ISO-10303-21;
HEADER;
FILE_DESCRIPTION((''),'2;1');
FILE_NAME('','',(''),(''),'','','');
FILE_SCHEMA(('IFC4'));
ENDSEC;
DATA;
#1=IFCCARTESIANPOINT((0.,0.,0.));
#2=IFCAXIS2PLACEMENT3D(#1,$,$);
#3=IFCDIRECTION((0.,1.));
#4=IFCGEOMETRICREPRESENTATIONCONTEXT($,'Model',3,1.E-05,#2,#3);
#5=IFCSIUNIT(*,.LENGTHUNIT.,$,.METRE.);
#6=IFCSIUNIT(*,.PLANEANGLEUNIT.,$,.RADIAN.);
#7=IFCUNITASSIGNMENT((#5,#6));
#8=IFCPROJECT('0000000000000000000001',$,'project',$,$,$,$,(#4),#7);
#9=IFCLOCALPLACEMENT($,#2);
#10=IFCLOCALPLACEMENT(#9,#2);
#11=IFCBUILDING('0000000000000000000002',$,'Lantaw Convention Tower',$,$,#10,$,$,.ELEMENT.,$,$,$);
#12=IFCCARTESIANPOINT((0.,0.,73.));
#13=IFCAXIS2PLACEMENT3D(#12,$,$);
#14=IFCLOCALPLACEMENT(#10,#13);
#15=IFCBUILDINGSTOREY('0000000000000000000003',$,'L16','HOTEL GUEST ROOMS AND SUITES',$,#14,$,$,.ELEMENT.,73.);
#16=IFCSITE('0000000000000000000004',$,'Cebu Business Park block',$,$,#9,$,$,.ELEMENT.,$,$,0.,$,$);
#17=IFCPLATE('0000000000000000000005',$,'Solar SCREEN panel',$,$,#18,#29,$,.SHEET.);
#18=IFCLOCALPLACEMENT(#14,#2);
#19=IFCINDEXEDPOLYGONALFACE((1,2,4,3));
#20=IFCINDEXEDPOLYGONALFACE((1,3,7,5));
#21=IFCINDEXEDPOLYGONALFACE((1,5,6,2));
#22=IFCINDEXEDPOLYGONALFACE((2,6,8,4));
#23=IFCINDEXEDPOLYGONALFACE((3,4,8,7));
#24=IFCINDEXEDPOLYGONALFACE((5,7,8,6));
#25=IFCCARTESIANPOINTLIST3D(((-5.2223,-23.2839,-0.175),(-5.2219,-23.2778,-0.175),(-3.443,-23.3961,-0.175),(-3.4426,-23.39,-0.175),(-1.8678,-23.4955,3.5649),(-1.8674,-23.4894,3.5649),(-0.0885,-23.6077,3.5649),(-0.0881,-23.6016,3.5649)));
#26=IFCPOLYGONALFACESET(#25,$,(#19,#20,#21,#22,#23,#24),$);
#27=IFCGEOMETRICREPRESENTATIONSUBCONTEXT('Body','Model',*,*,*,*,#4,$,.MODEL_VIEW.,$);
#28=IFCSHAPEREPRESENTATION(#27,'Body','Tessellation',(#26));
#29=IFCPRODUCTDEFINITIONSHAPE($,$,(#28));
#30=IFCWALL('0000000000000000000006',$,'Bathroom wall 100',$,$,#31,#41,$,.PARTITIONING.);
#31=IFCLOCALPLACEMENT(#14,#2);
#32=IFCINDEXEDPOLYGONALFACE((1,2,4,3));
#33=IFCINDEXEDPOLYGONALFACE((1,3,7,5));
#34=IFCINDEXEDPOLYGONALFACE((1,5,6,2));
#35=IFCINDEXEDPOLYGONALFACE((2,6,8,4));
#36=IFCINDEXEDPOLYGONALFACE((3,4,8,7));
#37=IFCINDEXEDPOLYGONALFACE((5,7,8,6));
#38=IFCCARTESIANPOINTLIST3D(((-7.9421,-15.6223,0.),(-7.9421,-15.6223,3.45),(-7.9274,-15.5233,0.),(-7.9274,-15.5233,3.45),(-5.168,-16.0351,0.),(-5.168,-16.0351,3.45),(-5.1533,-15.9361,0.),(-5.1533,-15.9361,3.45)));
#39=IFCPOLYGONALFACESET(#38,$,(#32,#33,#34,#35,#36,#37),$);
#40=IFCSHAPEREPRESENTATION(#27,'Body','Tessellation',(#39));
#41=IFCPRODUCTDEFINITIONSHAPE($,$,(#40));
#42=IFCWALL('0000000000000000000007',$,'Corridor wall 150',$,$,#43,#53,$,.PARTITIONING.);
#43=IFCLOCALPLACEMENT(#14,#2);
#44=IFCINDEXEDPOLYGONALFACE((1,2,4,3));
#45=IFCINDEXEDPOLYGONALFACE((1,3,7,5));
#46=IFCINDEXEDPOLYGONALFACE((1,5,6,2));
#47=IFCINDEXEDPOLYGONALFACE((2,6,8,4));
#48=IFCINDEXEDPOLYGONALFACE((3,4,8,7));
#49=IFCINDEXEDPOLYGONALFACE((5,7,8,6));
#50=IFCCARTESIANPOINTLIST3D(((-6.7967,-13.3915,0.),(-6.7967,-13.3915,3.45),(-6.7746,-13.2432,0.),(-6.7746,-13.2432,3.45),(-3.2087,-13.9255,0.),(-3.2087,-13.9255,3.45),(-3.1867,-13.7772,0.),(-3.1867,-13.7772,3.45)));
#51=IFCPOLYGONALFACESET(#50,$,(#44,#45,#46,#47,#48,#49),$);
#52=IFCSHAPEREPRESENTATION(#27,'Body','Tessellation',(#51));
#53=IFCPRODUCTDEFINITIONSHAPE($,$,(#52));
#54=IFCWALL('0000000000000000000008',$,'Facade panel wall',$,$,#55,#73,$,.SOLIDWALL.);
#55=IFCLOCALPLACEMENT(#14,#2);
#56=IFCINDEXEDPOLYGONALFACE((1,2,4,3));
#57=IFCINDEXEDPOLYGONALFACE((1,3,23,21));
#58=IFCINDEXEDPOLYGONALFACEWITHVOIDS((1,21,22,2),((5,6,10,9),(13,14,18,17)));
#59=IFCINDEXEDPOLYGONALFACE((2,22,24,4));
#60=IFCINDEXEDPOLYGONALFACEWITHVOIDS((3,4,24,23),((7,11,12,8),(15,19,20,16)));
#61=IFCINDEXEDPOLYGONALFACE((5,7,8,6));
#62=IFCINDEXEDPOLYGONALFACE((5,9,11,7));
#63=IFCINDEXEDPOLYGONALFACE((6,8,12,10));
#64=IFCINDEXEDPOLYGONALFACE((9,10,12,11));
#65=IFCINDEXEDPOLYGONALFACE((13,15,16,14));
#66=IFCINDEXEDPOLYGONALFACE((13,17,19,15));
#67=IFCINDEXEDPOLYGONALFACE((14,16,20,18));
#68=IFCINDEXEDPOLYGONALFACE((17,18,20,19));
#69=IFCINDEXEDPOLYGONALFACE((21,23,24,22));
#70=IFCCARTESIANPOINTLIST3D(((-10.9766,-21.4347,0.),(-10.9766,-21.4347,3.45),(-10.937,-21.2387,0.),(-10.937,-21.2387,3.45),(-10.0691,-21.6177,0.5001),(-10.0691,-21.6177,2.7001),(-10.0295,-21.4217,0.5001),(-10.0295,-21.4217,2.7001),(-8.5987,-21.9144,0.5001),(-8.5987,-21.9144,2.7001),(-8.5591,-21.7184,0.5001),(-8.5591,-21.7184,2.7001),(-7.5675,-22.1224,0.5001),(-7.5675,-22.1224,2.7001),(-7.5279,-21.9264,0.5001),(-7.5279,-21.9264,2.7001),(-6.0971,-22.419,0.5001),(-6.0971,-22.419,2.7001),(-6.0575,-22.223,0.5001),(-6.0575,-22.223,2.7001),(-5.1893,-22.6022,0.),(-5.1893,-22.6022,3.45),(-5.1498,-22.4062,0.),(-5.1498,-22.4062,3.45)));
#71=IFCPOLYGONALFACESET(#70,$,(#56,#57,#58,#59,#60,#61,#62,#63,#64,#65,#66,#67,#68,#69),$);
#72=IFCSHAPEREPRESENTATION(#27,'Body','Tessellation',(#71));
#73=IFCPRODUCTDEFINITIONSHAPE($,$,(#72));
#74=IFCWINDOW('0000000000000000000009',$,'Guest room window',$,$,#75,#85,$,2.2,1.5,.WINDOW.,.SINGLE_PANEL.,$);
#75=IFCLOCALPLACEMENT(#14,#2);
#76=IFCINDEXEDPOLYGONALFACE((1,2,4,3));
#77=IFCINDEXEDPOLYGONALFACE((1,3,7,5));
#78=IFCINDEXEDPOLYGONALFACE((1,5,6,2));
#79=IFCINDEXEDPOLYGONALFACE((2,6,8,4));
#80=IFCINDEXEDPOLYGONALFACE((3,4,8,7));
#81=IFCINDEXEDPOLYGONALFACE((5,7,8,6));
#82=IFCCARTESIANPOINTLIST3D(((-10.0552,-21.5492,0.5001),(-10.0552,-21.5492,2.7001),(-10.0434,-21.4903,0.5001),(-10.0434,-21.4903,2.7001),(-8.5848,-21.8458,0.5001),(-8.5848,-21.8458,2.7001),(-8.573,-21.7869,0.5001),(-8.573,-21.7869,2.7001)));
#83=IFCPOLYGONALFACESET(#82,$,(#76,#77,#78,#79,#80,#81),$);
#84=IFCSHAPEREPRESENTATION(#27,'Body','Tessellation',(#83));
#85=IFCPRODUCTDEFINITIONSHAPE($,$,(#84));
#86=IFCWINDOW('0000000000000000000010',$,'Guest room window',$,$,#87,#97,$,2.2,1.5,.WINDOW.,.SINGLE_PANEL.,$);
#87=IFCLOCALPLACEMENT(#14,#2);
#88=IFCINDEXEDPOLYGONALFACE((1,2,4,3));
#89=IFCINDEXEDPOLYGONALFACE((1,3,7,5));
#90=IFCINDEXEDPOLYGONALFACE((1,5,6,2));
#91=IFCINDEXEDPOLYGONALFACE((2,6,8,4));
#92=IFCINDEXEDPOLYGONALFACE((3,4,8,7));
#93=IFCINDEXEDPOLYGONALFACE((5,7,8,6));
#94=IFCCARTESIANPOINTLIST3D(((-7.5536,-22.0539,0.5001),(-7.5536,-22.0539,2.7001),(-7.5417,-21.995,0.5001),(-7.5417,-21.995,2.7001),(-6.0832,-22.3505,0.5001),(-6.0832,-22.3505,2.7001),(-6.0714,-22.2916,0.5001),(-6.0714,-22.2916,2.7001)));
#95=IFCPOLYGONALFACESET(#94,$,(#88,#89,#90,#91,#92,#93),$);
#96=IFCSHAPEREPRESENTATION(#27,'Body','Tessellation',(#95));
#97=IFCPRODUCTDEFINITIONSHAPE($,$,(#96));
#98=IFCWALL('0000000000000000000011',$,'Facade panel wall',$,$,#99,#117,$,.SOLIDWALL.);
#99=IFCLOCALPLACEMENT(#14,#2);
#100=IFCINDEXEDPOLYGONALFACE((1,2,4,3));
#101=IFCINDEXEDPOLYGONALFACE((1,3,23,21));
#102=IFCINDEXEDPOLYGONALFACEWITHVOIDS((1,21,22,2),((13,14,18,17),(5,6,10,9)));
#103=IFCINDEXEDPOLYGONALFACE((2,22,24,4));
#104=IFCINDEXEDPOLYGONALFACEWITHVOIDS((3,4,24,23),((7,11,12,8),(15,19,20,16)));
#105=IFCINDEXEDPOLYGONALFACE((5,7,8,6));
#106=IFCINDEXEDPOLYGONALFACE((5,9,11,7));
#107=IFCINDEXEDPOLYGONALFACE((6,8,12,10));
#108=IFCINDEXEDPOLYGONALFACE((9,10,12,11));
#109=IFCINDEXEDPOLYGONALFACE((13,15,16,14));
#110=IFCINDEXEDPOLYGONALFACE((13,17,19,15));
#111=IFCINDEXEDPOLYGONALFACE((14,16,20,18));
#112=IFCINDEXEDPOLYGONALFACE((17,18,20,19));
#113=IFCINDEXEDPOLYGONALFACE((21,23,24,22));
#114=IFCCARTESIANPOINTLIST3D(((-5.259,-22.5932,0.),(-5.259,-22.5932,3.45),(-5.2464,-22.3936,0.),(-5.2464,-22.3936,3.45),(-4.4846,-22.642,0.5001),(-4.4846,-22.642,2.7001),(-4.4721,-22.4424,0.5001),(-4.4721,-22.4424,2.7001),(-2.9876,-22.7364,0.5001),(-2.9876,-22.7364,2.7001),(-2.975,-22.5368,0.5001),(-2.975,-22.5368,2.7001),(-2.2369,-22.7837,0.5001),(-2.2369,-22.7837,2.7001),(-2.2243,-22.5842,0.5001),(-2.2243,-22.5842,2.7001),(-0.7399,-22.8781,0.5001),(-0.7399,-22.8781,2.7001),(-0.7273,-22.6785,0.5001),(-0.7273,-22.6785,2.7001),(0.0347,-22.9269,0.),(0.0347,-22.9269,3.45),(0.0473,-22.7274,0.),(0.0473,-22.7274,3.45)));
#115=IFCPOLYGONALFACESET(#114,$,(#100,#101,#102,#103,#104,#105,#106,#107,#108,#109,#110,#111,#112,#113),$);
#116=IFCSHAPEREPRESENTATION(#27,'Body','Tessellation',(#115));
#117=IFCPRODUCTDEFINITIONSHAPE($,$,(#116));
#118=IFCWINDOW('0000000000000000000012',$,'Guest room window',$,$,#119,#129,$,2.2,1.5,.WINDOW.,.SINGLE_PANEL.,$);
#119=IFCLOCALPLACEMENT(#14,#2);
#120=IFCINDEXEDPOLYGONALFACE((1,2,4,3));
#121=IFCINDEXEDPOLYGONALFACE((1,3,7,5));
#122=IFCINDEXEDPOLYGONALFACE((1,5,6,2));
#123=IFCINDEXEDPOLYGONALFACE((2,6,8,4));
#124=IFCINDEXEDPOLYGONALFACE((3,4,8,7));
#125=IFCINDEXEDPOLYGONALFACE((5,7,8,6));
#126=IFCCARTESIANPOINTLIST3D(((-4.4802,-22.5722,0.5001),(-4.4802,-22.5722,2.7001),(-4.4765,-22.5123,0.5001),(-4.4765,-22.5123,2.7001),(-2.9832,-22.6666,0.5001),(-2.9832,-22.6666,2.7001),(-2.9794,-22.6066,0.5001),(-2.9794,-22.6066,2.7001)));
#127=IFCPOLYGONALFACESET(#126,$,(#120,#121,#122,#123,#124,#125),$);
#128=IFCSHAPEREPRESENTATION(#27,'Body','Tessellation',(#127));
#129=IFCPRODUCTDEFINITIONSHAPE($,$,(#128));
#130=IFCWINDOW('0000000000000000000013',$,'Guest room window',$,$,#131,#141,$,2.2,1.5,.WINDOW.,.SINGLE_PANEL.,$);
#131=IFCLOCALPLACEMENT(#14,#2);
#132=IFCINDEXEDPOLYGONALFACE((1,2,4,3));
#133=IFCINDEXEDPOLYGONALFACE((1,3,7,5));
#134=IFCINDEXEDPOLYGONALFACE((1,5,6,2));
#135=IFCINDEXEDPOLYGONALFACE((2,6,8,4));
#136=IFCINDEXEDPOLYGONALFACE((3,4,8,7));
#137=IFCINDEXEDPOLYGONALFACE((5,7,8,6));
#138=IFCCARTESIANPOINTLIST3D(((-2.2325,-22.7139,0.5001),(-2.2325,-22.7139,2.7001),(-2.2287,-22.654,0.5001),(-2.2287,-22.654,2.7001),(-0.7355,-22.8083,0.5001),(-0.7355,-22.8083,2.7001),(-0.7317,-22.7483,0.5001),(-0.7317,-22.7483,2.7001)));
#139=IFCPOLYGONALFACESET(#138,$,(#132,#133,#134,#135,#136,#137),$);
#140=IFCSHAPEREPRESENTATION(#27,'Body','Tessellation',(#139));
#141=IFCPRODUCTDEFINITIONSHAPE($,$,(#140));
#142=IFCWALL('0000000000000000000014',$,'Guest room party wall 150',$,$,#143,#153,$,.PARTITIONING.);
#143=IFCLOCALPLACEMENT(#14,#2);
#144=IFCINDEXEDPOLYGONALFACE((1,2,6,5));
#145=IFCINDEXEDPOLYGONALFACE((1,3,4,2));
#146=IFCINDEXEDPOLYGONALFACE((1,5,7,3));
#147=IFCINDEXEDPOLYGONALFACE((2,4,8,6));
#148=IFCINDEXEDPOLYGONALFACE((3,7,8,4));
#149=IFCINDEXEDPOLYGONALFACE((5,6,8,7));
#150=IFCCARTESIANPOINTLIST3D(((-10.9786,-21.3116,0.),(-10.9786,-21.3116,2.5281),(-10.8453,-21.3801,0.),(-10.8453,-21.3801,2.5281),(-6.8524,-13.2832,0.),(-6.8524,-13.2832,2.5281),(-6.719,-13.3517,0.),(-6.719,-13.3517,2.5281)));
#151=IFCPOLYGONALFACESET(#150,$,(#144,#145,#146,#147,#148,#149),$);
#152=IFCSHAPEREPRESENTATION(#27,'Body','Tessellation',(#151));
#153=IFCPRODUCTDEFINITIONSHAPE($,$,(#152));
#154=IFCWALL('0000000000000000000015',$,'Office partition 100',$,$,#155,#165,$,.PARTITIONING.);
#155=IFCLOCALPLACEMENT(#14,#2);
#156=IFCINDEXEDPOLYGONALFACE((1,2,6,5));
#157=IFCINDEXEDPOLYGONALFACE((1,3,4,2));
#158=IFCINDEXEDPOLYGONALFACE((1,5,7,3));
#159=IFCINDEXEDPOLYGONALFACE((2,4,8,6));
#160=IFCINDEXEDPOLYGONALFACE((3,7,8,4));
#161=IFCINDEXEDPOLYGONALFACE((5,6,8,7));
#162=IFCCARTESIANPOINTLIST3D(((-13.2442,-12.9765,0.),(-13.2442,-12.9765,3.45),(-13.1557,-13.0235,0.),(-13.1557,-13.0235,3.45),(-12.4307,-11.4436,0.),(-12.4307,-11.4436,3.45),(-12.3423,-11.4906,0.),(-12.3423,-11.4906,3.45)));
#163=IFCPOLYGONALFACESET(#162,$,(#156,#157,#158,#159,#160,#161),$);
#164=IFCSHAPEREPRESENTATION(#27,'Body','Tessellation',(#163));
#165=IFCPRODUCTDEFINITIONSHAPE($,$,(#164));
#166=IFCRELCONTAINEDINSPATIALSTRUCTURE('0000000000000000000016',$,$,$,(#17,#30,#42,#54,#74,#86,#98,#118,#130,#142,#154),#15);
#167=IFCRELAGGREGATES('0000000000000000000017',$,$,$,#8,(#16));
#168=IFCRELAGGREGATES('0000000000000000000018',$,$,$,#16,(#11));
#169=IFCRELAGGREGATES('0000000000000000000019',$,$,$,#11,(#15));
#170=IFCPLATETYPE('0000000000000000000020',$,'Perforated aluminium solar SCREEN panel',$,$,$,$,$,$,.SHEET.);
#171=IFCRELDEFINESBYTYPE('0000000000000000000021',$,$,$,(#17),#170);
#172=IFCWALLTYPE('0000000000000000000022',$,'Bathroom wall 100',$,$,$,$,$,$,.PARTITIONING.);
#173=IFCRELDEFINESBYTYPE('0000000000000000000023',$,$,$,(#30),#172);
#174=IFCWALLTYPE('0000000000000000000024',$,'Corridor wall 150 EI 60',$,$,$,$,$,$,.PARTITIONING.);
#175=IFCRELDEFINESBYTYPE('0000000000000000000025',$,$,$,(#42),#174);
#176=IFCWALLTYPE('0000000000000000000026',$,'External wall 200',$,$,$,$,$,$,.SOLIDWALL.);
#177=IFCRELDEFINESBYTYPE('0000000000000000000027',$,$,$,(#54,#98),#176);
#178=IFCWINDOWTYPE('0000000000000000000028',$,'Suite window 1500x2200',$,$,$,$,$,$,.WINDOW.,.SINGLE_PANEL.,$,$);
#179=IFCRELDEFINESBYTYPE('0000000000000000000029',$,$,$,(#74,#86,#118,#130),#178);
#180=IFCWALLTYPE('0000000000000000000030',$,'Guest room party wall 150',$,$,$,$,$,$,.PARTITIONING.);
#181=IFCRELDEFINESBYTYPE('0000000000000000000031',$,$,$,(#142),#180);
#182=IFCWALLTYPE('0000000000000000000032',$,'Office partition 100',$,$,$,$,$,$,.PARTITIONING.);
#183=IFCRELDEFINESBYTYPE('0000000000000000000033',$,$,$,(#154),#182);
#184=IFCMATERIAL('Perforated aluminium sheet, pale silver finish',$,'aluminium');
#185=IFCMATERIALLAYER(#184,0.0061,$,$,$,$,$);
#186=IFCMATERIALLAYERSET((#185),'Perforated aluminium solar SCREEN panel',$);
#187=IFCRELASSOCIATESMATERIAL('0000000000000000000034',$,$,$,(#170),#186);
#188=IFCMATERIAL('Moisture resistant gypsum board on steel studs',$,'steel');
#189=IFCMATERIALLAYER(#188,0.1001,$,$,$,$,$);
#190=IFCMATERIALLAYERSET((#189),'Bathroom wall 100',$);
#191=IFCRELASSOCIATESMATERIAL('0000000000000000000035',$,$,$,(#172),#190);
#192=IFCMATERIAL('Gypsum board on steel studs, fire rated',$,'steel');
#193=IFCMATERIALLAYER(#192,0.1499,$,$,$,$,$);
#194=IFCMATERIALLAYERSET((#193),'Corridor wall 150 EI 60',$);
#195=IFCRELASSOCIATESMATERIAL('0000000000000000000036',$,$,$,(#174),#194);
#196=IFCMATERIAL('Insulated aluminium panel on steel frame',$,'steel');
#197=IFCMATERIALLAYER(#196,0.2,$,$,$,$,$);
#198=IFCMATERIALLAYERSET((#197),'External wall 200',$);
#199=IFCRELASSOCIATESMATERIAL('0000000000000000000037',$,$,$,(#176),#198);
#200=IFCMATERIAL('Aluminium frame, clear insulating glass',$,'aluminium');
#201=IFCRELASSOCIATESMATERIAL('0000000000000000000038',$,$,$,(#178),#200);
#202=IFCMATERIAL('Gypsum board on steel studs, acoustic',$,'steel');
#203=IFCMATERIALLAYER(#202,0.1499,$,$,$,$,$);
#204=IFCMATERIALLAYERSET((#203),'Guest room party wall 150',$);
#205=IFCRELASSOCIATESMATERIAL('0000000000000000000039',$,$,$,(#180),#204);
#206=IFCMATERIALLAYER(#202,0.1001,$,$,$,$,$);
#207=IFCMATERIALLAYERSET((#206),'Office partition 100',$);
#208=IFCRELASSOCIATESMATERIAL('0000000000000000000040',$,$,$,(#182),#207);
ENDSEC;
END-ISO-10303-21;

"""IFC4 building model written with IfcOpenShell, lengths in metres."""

from ifc_helpers import new_model, si_unit, direction, frame, frame_2d, origin, place, context, subcontext, project, spatial, polyline, rectangle, outline, extrude, material, layer, layer_set, type_object, element, fill, save


model = new_model("IFC4")

# Units and contexts
model_context = context("Model", 3, precision=1e-05, world=origin(), true_north=direction((0.0, 1.0)))
body_context = subcontext(model_context, "Body", "Model", "MODEL_VIEW")
ifc_project = project(units=[si_unit("LENGTHUNIT", "METRE"), si_unit("PLANEANGLEUNIT", "RADIAN")], contexts=[model_context])

# Site, building, storey
site_placement = place(None, origin())
site = spatial("IfcSite", under=ifc_project, at=site_placement, Name="Cebu Business Park block", CompositionType="ELEMENT", RefElevation=0.0)
building_placement = place(site_placement, origin())
building = spatial("IfcBuilding", under=site, at=building_placement, Name="Lantaw Convention Tower", CompositionType="ELEMENT")
storey_placement = place(building_placement, frame((0.0, 0.0, 73.0)))
storey = spatial("IfcBuildingStorey", under=building, at=storey_placement, Name="L16", Description="HOTEL GUEST ROOMS AND SUITES", CompositionType="ELEMENT", Elevation=73.0)

# Plate
ifc_material_1 = material(Name="Perforated aluminium sheet, pale silver finish", Category="aluminium")
ifc_layer_1 = layer(ifc_material_1, 0.0061)
ifc_layer_set_1 = layer_set([ifc_layer_1], Name="Perforated aluminium solar SCREEN panel")
plate_type = type_object("IfcPlateType", Name="Perforated aluminium solar SCREEN panel", PredefinedType="SHEET", material=ifc_layer_set_1)
plate_1_placement = place(storey_placement, frame((-5.2219, -23.2778, -0.175), z_axis=(0.062924, 0.998018, 0.000014), x_axis=(0.998018, -0.062924, 0.0)))
element("IfcPlate", 1, at=plate_1_placement, inside=storey, type_object=plate_type, Name="Solar SCREEN panel", PredefinedType="SHEET", context=body_context, shape_type="SweptSolid", body=[
    extrude(outline(polyline([(0.0, 0.0), (1.7828, 0.0), (5.144, -3.74), (3.3612, -3.74), (0.0, 0.0)])), origin(), (0.0, 0.0, -1.0), 0.0061),
])

# Walls
ifc_material_2 = material(Name="Moisture resistant gypsum board on steel studs", Category="steel")
ifc_layer_2 = layer(ifc_material_2, 0.1001)
ifc_layer_set_2 = layer_set([ifc_layer_2], Name="Bathroom wall 100")
wall_type_1 = type_object("IfcWallType", Name="Bathroom wall 100", PredefinedType="PARTITIONING", material=ifc_layer_set_2)
wall_1_placement = place(storey_placement, frame((-5.1606, -15.9856, 0.0), z_axis=(0.0, 0.0, 1.0), x_axis=(-0.989107, 0.147195, 0.0)))
element("IfcWall", 2, at=wall_1_placement, inside=storey, type_object=wall_type_1, Name="Bathroom wall 100", PredefinedType="PARTITIONING", context=body_context, shape_type="SweptSolid", body=[
    extrude(rectangle(XDim=2.8047, YDim=0.1001, at=frame_2d((1.4023, 0.0))), origin(), (0.0, 0.0, 1.0), 3.45),
])
ifc_material_3 = material(Name="Gypsum board on steel studs, fire rated", Category="steel")
ifc_layer_3 = layer(ifc_material_3, 0.1499)
ifc_layer_set_3 = layer_set([ifc_layer_3], Name="Corridor wall 150 EI 60")
wall_type_2 = type_object("IfcWallType", Name="Corridor wall 150 EI 60", PredefinedType="PARTITIONING", material=ifc_layer_set_3)
wall_2_placement = place(storey_placement, frame((-6.7856, -13.3174, 0.0), z_axis=(0.0, 0.0, 1.0), x_axis=(0.989107, -0.147195, 0.0)))
element("IfcWall", 3, at=wall_2_placement, inside=storey, type_object=wall_type_2, Name="Corridor wall 150", PredefinedType="PARTITIONING", context=body_context, shape_type="SweptSolid", body=[
    extrude(rectangle(XDim=3.6274, YDim=0.1499, at=frame_2d((1.8137, 0.0))), origin(), (0.0, 0.0, 1.0), 3.45),
])

# Walls, openings, windows
ifc_material_4 = material(Name="Insulated aluminium panel on steel frame", Category="steel")
ifc_layer_4 = layer(ifc_material_4, 0.2)
ifc_layer_set_4 = layer_set([ifc_layer_4], Name="External wall 200")
wall_type_3 = type_object("IfcWallType", Name="External wall 200", PredefinedType="SOLIDWALL", material=ifc_layer_set_4)
wall_3_placement = place(storey_placement, frame((-10.9568, -21.3367, 0.0), z_axis=(0.0, 0.0, 1.0), x_axis=(0.980252, -0.197754, 0.0)))
wall_3 = element("IfcWall", 4, at=wall_3_placement, inside=storey, type_object=wall_type_3, Name="Facade panel wall", PredefinedType="SOLIDWALL", context=body_context, shape_type="SweptSolid", body=[
    extrude(rectangle(XDim=5.9038, YDim=0.2, at=frame_2d((2.9519, 0.0))), origin(), (0.0, 0.0, 1.0), 3.45),
])
opening_1_placement = place(wall_3_placement, frame((0.9258, 0.0, 0.5)))
opening_1 = element("IfcOpeningElement", 5, at=opening_1_placement, cuts=wall_3, PredefinedType="OPENING", context=body_context, shape_type="SweptSolid", body=[
    extrude(rectangle(XDim=1.5, YDim=2.2, at=frame_2d((0.75, 1.1001))), frame((0.0, 0.1099, 0.0), z_axis=(0.0, -1.0, 0.0), x_axis=(1.0, 0.0, 0.0)), (0.0, 0.0, 1.0), 0.22),
])
opening_2_placement = place(wall_3_placement, frame((3.4778, 0.0, 0.5)))
opening_2 = element("IfcOpeningElement", 6, at=opening_2_placement, cuts=wall_3, PredefinedType="OPENING", context=body_context, shape_type="SweptSolid", body=[
    extrude(rectangle(XDim=1.5, YDim=2.2, at=frame_2d((0.75, 1.1001))), frame((0.0, 0.1099, 0.0), z_axis=(0.0, -1.0, 0.0), x_axis=(1.0, 0.0, 0.0)), (0.0, 0.0, 1.0), 0.22),
])
ifc_material_5 = material(Name="Aluminium frame, clear insulating glass", Category="aluminium")
window_type = type_object("IfcWindowType", Name="Suite window 1500x2200", PartitioningType="SINGLE_PANEL", PredefinedType="WINDOW", material=ifc_material_5)
window_1_placement = place(opening_1_placement, origin())
window_1 = element("IfcWindow", 7, at=window_1_placement, inside=storey, type_object=window_type, Name="Guest room window", OverallHeight=2.2, OverallWidth=1.5, PartitioningType="SINGLE_PANEL", PredefinedType="WINDOW", context=body_context, shape_type="SweptSolid", body=[
    extrude(rectangle(XDim=1.5, YDim=2.2, at=frame_2d((0.75, 1.1001))), frame((0.0, 0.03, 0.0), z_axis=(0.0, -1.0, 0.0), x_axis=(1.0, 0.0, 0.0)), (0.0, 0.0, 1.0), 0.0601),
])
fill(opening_1, window_1)
window_2_placement = place(opening_2_placement, origin())
window_2 = element("IfcWindow", 8, at=window_2_placement, inside=storey, type_object=window_type, Name="Guest room window", OverallHeight=2.2, OverallWidth=1.5, PartitioningType="SINGLE_PANEL", PredefinedType="WINDOW", context=body_context, shape_type="SweptSolid", body=[
    extrude(rectangle(XDim=1.5, YDim=2.2, at=frame_2d((0.75, 1.1001))), frame((0.0, 0.03, 0.0), z_axis=(0.0, -1.0, 0.0), x_axis=(1.0, 0.0, 0.0)), (0.0, 0.0, 1.0), 0.0601),
])
fill(opening_2, window_2)
wall_4_placement = place(storey_placement, frame((-5.2527, -22.4934, 0.0), z_axis=(0.0, 0.0, 1.0), x_axis=(0.998019, -0.06292, 0.0)))
wall_4 = element("IfcWall", 9, at=wall_4_placement, inside=storey, type_object=wall_type_3, Name="Facade panel wall", PredefinedType="SOLIDWALL", context=body_context, shape_type="SweptSolid", body=[
    extrude(rectangle(XDim=5.3042, YDim=0.2, at=frame_2d((2.6521, 0.0))), origin(), (0.0, 0.0, 1.0), 3.45),
])
opening_3_placement = place(wall_4_placement, frame((0.7759, 0.0, 0.5)))
opening_3 = element("IfcOpeningElement", 10, at=opening_3_placement, cuts=wall_4, PredefinedType="OPENING", context=body_context, shape_type="SweptSolid", body=[
    extrude(rectangle(XDim=1.5, YDim=2.2, at=frame_2d((0.75, 1.1001))), frame((0.0, 0.1099, 0.0), z_axis=(0.0, -1.0, 0.0), x_axis=(1.0, 0.0, 0.0)), (0.0, 0.0, 1.0), 0.22),
])
opening_4_placement = place(wall_4_placement, frame((3.0281, 0.0, 0.5)))
opening_4 = element("IfcOpeningElement", 11, at=opening_4_placement, cuts=wall_4, PredefinedType="OPENING", context=body_context, shape_type="SweptSolid", body=[
    extrude(rectangle(XDim=1.5, YDim=2.2, at=frame_2d((0.75, 1.1001))), frame((0.0, 0.1099, 0.0), z_axis=(0.0, -1.0, 0.0), x_axis=(1.0, 0.0, 0.0)), (0.0, 0.0, 1.0), 0.22),
])
window_3_placement = place(opening_3_placement, origin())
window_3 = element("IfcWindow", 12, at=window_3_placement, inside=storey, type_object=window_type, Name="Guest room window", OverallHeight=2.2, OverallWidth=1.5, PartitioningType="SINGLE_PANEL", PredefinedType="WINDOW", context=body_context, shape_type="SweptSolid", body=[
    extrude(rectangle(XDim=1.5, YDim=2.2, at=frame_2d((0.75, 1.1001))), frame((0.0, 0.03, 0.0), z_axis=(0.0, -1.0, 0.0), x_axis=(1.0, 0.0, 0.0)), (0.0, 0.0, 1.0), 0.0601),
])
fill(opening_3, window_3)
window_4_placement = place(opening_4_placement, origin())
window_4 = element("IfcWindow", 13, at=window_4_placement, inside=storey, type_object=window_type, Name="Guest room window", OverallHeight=2.2, OverallWidth=1.5, PartitioningType="SINGLE_PANEL", PredefinedType="WINDOW", context=body_context, shape_type="SweptSolid", body=[
    extrude(rectangle(XDim=1.5, YDim=2.2, at=frame_2d((0.75, 1.1001))), frame((0.0, 0.03, 0.0), z_axis=(0.0, -1.0, 0.0), x_axis=(1.0, 0.0, 0.0)), (0.0, 0.0, 1.0), 0.0601),
])
fill(opening_4, window_4)

# Walls
ifc_material_6 = material(Name="Gypsum board on steel studs, acoustic", Category="steel")
ifc_layer_5 = layer(ifc_material_6, 0.1499)
ifc_layer_set_5 = layer_set([ifc_layer_5], Name="Guest room party wall 150")
wall_type_4 = type_object("IfcWallType", Name="Guest room party wall 150", PredefinedType="PARTITIONING", material=ifc_layer_set_5)
wall_5_placement = place(storey_placement, frame((-10.9119, -21.3457, 0.0), z_axis=(0.0, 0.0, 1.0), x_axis=(0.457118, 0.889406, 0.0)))
element("IfcWall", 14, at=wall_5_placement, inside=storey, type_object=wall_type_4, Name="Guest room party wall 150", PredefinedType="PARTITIONING", context=body_context, shape_type="SweptSolid", body=[
    extrude(rectangle(XDim=9.0266, YDim=0.1499, at=frame_2d((4.5132, 0.0))), origin(), (0.0, 0.0, 1.0), 2.5281),
])
ifc_layer_6 = layer(ifc_material_6, 0.1001)
ifc_layer_set_6 = layer_set([ifc_layer_6], Name="Office partition 100")
wall_type_5 = type_object("IfcWallType", Name="Office partition 100", PredefinedType="PARTITIONING", material=ifc_layer_set_6)
wall_6_placement = place(storey_placement, frame((-13.2, -13.0, 0.0), z_axis=(0.0, 0.0, 1.0), x_axis=(0.468747, 0.883332, 0.0)))
element("IfcWall", 15, at=wall_6_placement, inside=storey, type_object=wall_type_5, Name="Office partition 100", PredefinedType="PARTITIONING", context=body_context, shape_type="SweptSolid", body=[
    extrude(rectangle(XDim=1.7354, YDim=0.1001, at=frame_2d((0.8677, 0.0))), origin(), (0.0, 0.0, 1.0), 3.45),
])

save(model, "model.ifc")
